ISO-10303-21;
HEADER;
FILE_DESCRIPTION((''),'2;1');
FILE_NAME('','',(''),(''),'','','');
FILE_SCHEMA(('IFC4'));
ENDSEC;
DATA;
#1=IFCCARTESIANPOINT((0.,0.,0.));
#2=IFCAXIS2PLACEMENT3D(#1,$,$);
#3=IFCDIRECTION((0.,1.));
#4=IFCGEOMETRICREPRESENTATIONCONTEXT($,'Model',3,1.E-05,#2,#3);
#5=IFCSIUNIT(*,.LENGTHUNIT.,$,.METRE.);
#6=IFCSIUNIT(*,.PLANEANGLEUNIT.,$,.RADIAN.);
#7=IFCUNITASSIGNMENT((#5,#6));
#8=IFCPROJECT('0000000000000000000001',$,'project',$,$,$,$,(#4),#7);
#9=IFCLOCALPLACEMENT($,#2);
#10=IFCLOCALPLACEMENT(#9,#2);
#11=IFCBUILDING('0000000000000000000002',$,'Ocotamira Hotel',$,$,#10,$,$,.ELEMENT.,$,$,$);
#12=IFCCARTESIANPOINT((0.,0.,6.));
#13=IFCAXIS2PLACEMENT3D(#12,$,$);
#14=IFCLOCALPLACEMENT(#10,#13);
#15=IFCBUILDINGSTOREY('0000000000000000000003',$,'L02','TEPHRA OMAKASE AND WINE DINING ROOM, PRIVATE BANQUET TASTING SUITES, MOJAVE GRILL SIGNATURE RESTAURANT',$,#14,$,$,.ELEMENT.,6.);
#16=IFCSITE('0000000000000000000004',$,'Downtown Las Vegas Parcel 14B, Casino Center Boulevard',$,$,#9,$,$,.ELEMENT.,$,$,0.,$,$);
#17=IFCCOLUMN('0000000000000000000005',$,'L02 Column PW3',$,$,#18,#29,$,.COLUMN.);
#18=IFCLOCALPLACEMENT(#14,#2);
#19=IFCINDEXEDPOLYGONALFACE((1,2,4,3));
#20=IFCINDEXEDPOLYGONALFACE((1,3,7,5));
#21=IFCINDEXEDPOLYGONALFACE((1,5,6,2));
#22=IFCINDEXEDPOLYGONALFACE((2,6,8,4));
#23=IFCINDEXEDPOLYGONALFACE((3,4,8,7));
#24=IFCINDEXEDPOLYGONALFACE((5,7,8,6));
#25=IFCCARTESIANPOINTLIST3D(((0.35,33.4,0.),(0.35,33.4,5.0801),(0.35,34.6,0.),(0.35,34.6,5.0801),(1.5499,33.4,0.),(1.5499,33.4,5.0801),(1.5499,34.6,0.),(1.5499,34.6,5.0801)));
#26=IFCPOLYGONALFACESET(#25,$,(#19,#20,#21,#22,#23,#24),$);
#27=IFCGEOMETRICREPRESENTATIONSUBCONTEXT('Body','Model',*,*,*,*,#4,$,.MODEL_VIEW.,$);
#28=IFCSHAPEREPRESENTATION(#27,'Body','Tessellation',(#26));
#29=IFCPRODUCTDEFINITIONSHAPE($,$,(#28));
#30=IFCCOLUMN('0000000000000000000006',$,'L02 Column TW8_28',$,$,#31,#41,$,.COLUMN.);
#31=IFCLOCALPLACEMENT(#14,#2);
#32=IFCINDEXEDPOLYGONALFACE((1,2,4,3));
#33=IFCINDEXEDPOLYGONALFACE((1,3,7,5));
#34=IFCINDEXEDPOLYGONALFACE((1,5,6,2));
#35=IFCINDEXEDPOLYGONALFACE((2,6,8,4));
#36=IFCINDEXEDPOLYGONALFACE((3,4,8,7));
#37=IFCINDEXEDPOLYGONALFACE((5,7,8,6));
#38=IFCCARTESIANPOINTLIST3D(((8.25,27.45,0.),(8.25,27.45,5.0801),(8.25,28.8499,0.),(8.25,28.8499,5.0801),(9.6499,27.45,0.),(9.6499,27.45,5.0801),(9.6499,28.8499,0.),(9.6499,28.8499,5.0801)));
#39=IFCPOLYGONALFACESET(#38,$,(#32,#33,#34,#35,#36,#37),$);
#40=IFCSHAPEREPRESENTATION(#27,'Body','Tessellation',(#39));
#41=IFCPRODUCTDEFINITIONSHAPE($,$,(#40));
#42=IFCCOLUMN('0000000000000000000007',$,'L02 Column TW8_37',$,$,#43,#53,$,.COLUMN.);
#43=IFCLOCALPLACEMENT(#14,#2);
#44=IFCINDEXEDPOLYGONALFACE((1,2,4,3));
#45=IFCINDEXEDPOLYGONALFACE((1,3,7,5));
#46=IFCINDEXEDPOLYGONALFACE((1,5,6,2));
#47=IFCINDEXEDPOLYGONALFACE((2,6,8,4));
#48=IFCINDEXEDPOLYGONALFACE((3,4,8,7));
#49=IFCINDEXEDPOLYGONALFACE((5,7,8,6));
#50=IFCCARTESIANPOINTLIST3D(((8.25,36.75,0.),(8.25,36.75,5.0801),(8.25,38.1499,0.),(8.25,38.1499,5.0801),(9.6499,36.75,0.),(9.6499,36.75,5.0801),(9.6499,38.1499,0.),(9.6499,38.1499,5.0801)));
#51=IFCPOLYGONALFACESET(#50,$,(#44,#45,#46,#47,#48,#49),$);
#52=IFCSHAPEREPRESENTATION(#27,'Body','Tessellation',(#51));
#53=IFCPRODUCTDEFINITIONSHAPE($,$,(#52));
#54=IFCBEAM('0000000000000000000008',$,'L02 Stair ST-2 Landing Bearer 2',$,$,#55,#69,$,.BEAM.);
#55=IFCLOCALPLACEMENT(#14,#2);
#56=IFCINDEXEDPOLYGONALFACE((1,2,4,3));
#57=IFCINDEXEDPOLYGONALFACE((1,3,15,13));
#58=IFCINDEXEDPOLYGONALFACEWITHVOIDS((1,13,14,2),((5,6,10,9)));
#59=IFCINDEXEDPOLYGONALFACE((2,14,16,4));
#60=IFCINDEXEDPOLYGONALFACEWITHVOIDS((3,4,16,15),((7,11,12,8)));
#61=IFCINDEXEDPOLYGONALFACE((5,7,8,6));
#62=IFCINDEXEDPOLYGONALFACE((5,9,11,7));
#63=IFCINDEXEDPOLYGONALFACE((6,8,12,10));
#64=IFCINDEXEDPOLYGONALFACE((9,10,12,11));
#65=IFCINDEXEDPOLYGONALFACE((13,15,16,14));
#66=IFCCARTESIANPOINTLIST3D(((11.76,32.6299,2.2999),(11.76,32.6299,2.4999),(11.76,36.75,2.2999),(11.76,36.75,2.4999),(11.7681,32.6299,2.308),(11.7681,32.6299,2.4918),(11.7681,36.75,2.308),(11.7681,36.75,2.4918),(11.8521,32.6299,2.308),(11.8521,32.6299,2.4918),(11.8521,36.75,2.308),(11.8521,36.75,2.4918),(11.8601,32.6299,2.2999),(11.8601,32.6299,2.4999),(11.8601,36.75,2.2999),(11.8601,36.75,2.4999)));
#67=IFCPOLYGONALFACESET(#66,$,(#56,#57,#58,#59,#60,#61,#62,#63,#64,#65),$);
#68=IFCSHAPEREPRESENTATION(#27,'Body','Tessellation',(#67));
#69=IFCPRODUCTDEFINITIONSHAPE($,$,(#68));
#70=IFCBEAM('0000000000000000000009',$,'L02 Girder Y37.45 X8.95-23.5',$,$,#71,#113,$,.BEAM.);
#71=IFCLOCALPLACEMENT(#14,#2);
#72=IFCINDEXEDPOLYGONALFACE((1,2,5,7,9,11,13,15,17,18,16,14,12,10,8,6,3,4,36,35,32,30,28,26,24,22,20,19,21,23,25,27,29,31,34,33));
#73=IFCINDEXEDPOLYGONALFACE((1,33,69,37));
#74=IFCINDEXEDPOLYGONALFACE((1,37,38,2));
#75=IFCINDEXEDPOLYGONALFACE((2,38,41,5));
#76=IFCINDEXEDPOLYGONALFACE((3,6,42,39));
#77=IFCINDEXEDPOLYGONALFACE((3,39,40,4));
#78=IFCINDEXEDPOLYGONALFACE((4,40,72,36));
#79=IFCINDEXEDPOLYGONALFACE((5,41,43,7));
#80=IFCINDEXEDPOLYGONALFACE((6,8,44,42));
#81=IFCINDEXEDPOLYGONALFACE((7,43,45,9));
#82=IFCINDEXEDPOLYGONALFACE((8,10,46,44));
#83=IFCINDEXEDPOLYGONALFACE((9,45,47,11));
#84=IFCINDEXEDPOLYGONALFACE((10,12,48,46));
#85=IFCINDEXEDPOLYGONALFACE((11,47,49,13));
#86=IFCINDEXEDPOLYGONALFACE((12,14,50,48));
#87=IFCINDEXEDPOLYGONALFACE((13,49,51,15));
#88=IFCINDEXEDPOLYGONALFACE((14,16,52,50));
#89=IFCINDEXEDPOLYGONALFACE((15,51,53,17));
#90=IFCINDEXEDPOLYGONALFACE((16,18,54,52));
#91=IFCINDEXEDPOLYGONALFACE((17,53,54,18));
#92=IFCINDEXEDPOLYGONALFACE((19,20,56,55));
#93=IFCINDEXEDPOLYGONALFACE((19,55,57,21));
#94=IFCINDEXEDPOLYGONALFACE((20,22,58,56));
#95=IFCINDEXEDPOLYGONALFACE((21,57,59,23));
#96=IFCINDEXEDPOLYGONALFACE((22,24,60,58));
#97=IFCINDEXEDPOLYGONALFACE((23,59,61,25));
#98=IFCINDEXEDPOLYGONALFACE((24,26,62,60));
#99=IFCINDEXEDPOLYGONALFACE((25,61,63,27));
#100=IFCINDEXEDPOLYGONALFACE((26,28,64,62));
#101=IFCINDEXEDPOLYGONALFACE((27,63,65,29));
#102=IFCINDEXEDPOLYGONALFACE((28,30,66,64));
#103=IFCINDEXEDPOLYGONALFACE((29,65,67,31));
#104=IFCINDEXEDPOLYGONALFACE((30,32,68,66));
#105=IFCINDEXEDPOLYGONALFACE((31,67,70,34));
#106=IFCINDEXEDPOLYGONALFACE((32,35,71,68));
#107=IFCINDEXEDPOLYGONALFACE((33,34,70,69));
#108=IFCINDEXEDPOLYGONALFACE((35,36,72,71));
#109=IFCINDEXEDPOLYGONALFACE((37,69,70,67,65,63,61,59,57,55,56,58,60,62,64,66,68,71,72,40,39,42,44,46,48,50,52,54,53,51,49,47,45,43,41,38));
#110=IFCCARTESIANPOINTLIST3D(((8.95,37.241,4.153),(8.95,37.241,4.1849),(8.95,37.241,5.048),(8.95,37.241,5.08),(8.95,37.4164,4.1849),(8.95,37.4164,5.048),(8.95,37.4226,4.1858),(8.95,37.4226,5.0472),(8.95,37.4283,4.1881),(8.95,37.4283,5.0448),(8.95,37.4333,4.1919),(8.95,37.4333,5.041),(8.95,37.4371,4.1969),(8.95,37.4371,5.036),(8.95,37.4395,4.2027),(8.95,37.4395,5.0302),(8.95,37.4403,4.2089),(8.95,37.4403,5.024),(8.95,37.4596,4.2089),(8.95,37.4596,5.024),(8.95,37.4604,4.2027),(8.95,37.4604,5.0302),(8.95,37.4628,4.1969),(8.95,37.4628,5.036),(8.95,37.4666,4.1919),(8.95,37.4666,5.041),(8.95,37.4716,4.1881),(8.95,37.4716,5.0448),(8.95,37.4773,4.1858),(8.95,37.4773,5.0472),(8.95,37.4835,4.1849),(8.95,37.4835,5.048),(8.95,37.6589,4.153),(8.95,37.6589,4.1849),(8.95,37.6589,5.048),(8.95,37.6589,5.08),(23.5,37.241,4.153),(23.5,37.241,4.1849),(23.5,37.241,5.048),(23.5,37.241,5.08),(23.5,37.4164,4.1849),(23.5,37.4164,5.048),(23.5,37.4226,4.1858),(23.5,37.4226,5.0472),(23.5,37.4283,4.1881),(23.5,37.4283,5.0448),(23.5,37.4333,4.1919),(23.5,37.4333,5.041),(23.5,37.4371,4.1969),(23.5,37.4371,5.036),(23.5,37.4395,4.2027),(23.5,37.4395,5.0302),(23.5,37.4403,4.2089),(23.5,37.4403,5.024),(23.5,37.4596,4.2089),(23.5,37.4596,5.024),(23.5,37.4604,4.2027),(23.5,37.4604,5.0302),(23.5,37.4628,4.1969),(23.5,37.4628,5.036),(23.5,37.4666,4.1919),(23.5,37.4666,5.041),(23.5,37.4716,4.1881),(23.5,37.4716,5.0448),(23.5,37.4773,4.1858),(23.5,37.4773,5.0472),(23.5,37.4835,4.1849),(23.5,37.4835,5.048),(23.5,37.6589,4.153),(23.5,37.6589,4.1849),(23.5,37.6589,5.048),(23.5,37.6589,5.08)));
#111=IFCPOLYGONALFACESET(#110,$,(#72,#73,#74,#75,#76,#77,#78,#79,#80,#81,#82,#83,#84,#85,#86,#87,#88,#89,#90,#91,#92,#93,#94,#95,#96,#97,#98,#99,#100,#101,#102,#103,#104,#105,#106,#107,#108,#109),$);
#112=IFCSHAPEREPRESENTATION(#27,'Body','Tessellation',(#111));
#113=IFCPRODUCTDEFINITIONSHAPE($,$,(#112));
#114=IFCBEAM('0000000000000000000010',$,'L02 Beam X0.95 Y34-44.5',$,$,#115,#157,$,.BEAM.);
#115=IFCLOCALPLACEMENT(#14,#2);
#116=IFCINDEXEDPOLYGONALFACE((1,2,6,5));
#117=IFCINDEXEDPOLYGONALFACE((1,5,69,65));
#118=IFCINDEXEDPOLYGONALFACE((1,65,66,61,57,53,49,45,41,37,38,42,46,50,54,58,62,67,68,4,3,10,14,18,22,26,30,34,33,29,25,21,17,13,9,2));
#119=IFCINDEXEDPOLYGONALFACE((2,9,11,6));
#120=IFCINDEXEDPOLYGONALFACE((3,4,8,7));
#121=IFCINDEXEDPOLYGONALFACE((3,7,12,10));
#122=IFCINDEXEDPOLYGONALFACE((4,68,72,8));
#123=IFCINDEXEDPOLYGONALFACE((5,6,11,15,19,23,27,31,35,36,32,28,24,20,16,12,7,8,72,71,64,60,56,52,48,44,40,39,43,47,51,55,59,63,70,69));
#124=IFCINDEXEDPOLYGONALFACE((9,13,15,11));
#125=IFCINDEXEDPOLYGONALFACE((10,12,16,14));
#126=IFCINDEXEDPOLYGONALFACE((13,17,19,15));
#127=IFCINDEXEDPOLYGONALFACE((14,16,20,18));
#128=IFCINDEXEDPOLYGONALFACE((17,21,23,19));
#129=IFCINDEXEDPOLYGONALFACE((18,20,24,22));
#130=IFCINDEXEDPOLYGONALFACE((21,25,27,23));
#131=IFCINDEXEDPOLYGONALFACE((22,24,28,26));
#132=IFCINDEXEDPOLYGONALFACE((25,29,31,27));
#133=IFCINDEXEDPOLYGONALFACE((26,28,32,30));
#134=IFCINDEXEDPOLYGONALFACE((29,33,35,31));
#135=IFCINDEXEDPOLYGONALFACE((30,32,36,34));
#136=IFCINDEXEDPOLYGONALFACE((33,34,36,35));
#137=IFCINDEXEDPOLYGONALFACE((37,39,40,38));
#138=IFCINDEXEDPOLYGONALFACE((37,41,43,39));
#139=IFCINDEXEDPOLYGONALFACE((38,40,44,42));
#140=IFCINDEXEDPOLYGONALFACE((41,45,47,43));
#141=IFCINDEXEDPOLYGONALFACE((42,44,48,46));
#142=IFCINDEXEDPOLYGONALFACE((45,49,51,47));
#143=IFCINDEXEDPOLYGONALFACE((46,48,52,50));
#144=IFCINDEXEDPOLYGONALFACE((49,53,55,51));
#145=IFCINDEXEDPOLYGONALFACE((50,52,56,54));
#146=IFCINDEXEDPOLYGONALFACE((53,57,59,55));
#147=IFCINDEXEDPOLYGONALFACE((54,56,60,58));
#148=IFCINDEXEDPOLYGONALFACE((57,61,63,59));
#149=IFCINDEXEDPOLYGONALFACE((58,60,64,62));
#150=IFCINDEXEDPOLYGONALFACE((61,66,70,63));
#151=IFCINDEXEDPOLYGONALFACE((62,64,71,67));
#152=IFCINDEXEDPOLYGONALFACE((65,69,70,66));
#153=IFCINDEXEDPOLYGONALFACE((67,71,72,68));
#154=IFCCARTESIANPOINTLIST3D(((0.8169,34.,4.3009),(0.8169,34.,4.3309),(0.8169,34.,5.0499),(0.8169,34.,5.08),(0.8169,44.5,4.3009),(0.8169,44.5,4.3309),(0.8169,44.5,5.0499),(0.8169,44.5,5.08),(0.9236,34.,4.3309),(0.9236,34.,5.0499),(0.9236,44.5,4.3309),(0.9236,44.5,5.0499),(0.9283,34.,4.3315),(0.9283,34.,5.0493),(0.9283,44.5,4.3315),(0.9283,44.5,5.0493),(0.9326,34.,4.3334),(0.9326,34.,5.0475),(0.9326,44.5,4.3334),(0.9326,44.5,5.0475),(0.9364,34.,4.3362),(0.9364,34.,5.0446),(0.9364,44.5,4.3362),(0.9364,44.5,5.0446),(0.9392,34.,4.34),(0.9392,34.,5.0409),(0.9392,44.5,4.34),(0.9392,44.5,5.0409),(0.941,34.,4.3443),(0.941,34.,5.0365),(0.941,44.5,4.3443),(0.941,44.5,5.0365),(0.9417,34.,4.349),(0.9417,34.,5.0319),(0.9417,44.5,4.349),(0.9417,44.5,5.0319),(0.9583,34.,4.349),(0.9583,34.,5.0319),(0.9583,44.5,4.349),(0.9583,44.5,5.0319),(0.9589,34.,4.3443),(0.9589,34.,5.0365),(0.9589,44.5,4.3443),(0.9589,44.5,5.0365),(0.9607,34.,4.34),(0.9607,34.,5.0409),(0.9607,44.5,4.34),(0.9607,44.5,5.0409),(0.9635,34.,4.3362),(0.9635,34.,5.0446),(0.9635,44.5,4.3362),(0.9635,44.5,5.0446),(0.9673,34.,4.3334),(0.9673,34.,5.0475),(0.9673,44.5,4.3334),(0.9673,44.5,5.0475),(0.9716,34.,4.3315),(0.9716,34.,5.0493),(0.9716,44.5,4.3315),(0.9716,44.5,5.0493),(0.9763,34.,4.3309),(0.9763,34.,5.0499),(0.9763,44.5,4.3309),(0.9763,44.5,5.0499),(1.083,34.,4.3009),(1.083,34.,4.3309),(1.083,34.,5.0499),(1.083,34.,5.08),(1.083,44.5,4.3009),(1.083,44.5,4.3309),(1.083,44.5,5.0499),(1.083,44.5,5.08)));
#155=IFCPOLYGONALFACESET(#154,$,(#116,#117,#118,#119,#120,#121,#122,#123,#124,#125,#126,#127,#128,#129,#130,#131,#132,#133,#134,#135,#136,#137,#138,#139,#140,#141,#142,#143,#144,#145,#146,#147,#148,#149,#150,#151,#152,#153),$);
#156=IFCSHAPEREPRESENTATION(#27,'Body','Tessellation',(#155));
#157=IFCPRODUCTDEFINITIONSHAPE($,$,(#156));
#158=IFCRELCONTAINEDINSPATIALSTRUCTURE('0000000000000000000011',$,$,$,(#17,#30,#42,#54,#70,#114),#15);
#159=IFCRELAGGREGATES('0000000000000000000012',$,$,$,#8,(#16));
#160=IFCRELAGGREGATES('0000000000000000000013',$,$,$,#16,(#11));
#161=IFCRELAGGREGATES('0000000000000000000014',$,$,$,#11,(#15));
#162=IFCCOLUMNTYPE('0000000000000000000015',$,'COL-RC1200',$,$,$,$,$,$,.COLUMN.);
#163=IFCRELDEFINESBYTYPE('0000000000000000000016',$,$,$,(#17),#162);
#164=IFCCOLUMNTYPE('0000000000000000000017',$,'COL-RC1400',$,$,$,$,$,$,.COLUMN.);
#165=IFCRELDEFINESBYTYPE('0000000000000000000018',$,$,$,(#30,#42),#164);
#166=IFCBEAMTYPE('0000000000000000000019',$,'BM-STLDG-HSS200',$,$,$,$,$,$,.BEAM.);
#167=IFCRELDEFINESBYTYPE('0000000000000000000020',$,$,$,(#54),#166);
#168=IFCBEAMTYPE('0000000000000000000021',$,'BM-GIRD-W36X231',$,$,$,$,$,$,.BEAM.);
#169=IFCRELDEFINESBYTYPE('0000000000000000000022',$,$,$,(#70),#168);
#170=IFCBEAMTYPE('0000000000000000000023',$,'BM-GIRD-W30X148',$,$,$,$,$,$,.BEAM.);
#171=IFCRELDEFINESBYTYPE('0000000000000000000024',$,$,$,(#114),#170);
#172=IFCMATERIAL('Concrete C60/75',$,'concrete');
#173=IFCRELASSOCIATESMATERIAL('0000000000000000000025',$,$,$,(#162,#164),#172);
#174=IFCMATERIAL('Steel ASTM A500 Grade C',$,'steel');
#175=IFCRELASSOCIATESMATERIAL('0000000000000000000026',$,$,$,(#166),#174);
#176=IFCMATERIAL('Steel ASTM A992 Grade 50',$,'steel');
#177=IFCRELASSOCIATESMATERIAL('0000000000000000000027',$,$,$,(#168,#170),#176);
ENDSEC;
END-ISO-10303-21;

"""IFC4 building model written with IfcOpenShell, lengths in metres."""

from ifc_helpers import new_model, si_unit, direction, frame, origin, origin_2d, place, context, subcontext, project, spatial, rectangle, hollow_rectangle, i_section, extrude, source, transform, mapped, material, material_profile, profile_set, type_object, element, save


model = new_model("IFC4")

# Units and contexts
model_context = context("Model", 3, precision=1e-05, world=origin(), true_north=direction((0.0, 1.0)))
body_context = subcontext(model_context, "Body", "Model", "MODEL_VIEW")
ifc_project = project(units=[si_unit("LENGTHUNIT", "METRE"), si_unit("PLANEANGLEUNIT", "RADIAN")], contexts=[model_context])

# Site, building, storey
site_placement = place(None, origin())
site = spatial("IfcSite", under=ifc_project, at=site_placement, Name="Downtown Las Vegas Parcel 14B, Casino Center Boulevard", CompositionType="ELEMENT", RefElevation=0.0)
building_placement = place(site_placement, origin())
building = spatial("IfcBuilding", under=site, at=building_placement, Name="Ocotamira Hotel", CompositionType="ELEMENT")
storey_placement = place(building_placement, frame((0.0, 0.0, 6.0)))
storey = spatial("IfcBuildingStorey", under=building, at=storey_placement, Name="L02", Description="TEPHRA OMAKASE AND WINE DINING ROOM, PRIVATE BANQUET TASTING SUITES, MOJAVE GRILL SIGNATURE RESTAURANT", CompositionType="ELEMENT", Elevation=6.0)

# Columns
ifc_material_1 = material(Name="Concrete C60/75", Category="concrete")
ifc_material_profile_1 = material_profile(ifc_material_1, rectangle(XDim=1.2, YDim=1.2, at=origin_2d()), Name="RC1200X1200")
ifc_profile_set_1 = profile_set([ifc_material_profile_1], Name="Concrete C60/75")
column_type_1 = type_object("IfcColumnType", Name="COL-RC1200", PredefinedType="COLUMN", material=ifc_profile_set_1)
shared_shape_1 = source(origin(), body_context, "Body", "SweptSolid", [
    extrude(rectangle(XDim=1.2, YDim=1.2, at=origin_2d()), origin(), (0.0, 0.0, 1.0), 5.0801),
])
column_placement = place(storey_placement, frame((0.95, 34.0, 0.0), z_axis=(0.0, 0.0, 1.0), x_axis=(1.0, 0.0, 0.0)))
element("IfcColumn", 1, at=column_placement, inside=storey, type_object=column_type_1, Name="L02 Column PW3", PredefinedType="COLUMN", context=body_context, shape_type="MappedRepresentation", body=[
    mapped(shared_shape_1, transform((0.0, 0.0, 0.0), scale=1.0)),
])
ifc_material_profile_2 = material_profile(ifc_material_1, rectangle(XDim=1.3999, YDim=1.3999, at=origin_2d()), Name="RC1400X1400")
ifc_profile_set_2 = profile_set([ifc_material_profile_2], Name="Concrete C60/75")
column_type_2 = type_object("IfcColumnType", Name="COL-RC1400", PredefinedType="COLUMN", material=ifc_profile_set_2)
shared_shape_2 = source(origin(), body_context, "Body", "SweptSolid", [
    extrude(rectangle(XDim=1.3999, YDim=1.3999, at=origin_2d()), origin(), (0.0, 0.0, 1.0), 5.0801),
])
for number, where, z_axis, x_axis, name in (
    (2, (8.95, 28.1499, 0.0), (0.0, 0.0, 1.0), (1.0, 0.0, 0.0), "L02 Column TW8_28"),
    (3, (8.95, 37.45, 0.0), (0.0, 0.0, 1.0), (1.0, 0.0, 0.0), "L02 Column TW8_37"),
):
    element("IfcColumn", number, at=place(storey_placement, frame(where, z_axis=z_axis, x_axis=x_axis)), inside=storey, type_object=column_type_2, Name=name, PredefinedType="COLUMN", context=body_context, shape_type="MappedRepresentation", body=[
        mapped(shared_shape_2, transform((0.0, 0.0, 0.0), scale=1.0)),
    ])

# Beams
ifc_material_2 = material(Name="Steel ASTM A500 Grade C", Category="steel")
ifc_material_profile_3 = material_profile(ifc_material_2, hollow_rectangle(XDim=0.1001, YDim=0.2, WallThickness=0.0081, at=origin_2d()), Name="HSS200X100X8")
ifc_profile_set_3 = profile_set([ifc_material_profile_3], Name="Steel ASTM A500 Grade C")
beam_type_1 = type_object("IfcBeamType", Name="BM-STLDG-HSS200", PredefinedType="BEAM", material=ifc_profile_set_3)
shared_shape_3 = source(origin(), body_context, "Body", "SweptSolid", [
    extrude(hollow_rectangle(XDim=0.1001, YDim=0.2, WallThickness=0.0081, at=origin_2d()), origin(), (0.0, 0.0, 1.0), 4.1201),
])
beam_1_placement = place(storey_placement, frame((11.8101, 32.6299, 2.3999), z_axis=(0.0, 1.0, 0.0), x_axis=(-1.0, 0.0, 0.0)))
element("IfcBeam", 4, at=beam_1_placement, inside=storey, type_object=beam_type_1, Name="L02 Stair ST-2 Landing Bearer 2", PredefinedType="BEAM", context=body_context, shape_type="MappedRepresentation", body=[
    mapped(shared_shape_3, transform((0.0, 0.0, 0.0), scale=1.0)),
])
ifc_material_3 = material(Name="Steel ASTM A992 Grade 50", Category="steel")
ifc_material_profile_4 = material_profile(ifc_material_3, i_section(OverallWidth=0.418, OverallDepth=0.927, WebThickness=0.0193, FlangeThickness=0.032, FilletRadius=0.0239, at=origin_2d()), Name="W36X231")
ifc_profile_set_4 = profile_set([ifc_material_profile_4], Name="Steel ASTM A992 Grade 50")
beam_type_2 = type_object("IfcBeamType", Name="BM-GIRD-W36X231", PredefinedType="BEAM", material=ifc_profile_set_4)
shared_shape_4 = source(origin(), body_context, "Body", "SweptSolid", [
    extrude(i_section(OverallWidth=0.418, OverallDepth=0.927, WebThickness=0.0193, FlangeThickness=0.032, FilletRadius=0.0239, at=origin_2d()), origin(), (0.0, 0.0, 1.0), 14.55),
])
beam_2_placement = place(storey_placement, frame((8.95, 37.45, 4.6165), z_axis=(1.0, 0.0, 0.0), x_axis=(0.0, 1.0, 0.0)))
element("IfcBeam", 5, at=beam_2_placement, inside=storey, type_object=beam_type_2, Name="L02 Girder Y37.45 X8.95-23.5", PredefinedType="BEAM", context=body_context, shape_type="MappedRepresentation", body=[
    mapped(shared_shape_4, transform((0.0, 0.0, 0.0), scale=1.0)),
])
ifc_material_profile_5 = material_profile(ifc_material_3, i_section(OverallWidth=0.2661, OverallDepth=0.7791, WebThickness=0.0166, FlangeThickness=0.03, FilletRadius=0.0181, at=origin_2d()), Name="W30X148")
ifc_profile_set_5 = profile_set([ifc_material_profile_5], Name="Steel ASTM A992 Grade 50")
beam_type_3 = type_object("IfcBeamType", Name="BM-GIRD-W30X148", PredefinedType="BEAM", material=ifc_profile_set_5)
shared_shape_5 = source(origin(), body_context, "Body", "SweptSolid", [
    extrude(i_section(OverallWidth=0.2661, OverallDepth=0.7791, WebThickness=0.0166, FlangeThickness=0.03, FilletRadius=0.0181, at=origin_2d()), origin(), (0.0, 0.0, 1.0), 10.5),
])
beam_3_placement = place(storey_placement, frame((0.95, 34.0, 4.6904), z_axis=(0.0, 1.0, 0.0), x_axis=(-1.0, 0.0, 0.0)))
element("IfcBeam", 6, at=beam_3_placement, inside=storey, type_object=beam_type_3, Name="L02 Beam X0.95 Y34-44.5", PredefinedType="BEAM", context=body_context, shape_type="MappedRepresentation", body=[
    mapped(shared_shape_5, transform((0.0, 0.0, 0.0), scale=1.0)),
])

save(model, "model.ifc")
